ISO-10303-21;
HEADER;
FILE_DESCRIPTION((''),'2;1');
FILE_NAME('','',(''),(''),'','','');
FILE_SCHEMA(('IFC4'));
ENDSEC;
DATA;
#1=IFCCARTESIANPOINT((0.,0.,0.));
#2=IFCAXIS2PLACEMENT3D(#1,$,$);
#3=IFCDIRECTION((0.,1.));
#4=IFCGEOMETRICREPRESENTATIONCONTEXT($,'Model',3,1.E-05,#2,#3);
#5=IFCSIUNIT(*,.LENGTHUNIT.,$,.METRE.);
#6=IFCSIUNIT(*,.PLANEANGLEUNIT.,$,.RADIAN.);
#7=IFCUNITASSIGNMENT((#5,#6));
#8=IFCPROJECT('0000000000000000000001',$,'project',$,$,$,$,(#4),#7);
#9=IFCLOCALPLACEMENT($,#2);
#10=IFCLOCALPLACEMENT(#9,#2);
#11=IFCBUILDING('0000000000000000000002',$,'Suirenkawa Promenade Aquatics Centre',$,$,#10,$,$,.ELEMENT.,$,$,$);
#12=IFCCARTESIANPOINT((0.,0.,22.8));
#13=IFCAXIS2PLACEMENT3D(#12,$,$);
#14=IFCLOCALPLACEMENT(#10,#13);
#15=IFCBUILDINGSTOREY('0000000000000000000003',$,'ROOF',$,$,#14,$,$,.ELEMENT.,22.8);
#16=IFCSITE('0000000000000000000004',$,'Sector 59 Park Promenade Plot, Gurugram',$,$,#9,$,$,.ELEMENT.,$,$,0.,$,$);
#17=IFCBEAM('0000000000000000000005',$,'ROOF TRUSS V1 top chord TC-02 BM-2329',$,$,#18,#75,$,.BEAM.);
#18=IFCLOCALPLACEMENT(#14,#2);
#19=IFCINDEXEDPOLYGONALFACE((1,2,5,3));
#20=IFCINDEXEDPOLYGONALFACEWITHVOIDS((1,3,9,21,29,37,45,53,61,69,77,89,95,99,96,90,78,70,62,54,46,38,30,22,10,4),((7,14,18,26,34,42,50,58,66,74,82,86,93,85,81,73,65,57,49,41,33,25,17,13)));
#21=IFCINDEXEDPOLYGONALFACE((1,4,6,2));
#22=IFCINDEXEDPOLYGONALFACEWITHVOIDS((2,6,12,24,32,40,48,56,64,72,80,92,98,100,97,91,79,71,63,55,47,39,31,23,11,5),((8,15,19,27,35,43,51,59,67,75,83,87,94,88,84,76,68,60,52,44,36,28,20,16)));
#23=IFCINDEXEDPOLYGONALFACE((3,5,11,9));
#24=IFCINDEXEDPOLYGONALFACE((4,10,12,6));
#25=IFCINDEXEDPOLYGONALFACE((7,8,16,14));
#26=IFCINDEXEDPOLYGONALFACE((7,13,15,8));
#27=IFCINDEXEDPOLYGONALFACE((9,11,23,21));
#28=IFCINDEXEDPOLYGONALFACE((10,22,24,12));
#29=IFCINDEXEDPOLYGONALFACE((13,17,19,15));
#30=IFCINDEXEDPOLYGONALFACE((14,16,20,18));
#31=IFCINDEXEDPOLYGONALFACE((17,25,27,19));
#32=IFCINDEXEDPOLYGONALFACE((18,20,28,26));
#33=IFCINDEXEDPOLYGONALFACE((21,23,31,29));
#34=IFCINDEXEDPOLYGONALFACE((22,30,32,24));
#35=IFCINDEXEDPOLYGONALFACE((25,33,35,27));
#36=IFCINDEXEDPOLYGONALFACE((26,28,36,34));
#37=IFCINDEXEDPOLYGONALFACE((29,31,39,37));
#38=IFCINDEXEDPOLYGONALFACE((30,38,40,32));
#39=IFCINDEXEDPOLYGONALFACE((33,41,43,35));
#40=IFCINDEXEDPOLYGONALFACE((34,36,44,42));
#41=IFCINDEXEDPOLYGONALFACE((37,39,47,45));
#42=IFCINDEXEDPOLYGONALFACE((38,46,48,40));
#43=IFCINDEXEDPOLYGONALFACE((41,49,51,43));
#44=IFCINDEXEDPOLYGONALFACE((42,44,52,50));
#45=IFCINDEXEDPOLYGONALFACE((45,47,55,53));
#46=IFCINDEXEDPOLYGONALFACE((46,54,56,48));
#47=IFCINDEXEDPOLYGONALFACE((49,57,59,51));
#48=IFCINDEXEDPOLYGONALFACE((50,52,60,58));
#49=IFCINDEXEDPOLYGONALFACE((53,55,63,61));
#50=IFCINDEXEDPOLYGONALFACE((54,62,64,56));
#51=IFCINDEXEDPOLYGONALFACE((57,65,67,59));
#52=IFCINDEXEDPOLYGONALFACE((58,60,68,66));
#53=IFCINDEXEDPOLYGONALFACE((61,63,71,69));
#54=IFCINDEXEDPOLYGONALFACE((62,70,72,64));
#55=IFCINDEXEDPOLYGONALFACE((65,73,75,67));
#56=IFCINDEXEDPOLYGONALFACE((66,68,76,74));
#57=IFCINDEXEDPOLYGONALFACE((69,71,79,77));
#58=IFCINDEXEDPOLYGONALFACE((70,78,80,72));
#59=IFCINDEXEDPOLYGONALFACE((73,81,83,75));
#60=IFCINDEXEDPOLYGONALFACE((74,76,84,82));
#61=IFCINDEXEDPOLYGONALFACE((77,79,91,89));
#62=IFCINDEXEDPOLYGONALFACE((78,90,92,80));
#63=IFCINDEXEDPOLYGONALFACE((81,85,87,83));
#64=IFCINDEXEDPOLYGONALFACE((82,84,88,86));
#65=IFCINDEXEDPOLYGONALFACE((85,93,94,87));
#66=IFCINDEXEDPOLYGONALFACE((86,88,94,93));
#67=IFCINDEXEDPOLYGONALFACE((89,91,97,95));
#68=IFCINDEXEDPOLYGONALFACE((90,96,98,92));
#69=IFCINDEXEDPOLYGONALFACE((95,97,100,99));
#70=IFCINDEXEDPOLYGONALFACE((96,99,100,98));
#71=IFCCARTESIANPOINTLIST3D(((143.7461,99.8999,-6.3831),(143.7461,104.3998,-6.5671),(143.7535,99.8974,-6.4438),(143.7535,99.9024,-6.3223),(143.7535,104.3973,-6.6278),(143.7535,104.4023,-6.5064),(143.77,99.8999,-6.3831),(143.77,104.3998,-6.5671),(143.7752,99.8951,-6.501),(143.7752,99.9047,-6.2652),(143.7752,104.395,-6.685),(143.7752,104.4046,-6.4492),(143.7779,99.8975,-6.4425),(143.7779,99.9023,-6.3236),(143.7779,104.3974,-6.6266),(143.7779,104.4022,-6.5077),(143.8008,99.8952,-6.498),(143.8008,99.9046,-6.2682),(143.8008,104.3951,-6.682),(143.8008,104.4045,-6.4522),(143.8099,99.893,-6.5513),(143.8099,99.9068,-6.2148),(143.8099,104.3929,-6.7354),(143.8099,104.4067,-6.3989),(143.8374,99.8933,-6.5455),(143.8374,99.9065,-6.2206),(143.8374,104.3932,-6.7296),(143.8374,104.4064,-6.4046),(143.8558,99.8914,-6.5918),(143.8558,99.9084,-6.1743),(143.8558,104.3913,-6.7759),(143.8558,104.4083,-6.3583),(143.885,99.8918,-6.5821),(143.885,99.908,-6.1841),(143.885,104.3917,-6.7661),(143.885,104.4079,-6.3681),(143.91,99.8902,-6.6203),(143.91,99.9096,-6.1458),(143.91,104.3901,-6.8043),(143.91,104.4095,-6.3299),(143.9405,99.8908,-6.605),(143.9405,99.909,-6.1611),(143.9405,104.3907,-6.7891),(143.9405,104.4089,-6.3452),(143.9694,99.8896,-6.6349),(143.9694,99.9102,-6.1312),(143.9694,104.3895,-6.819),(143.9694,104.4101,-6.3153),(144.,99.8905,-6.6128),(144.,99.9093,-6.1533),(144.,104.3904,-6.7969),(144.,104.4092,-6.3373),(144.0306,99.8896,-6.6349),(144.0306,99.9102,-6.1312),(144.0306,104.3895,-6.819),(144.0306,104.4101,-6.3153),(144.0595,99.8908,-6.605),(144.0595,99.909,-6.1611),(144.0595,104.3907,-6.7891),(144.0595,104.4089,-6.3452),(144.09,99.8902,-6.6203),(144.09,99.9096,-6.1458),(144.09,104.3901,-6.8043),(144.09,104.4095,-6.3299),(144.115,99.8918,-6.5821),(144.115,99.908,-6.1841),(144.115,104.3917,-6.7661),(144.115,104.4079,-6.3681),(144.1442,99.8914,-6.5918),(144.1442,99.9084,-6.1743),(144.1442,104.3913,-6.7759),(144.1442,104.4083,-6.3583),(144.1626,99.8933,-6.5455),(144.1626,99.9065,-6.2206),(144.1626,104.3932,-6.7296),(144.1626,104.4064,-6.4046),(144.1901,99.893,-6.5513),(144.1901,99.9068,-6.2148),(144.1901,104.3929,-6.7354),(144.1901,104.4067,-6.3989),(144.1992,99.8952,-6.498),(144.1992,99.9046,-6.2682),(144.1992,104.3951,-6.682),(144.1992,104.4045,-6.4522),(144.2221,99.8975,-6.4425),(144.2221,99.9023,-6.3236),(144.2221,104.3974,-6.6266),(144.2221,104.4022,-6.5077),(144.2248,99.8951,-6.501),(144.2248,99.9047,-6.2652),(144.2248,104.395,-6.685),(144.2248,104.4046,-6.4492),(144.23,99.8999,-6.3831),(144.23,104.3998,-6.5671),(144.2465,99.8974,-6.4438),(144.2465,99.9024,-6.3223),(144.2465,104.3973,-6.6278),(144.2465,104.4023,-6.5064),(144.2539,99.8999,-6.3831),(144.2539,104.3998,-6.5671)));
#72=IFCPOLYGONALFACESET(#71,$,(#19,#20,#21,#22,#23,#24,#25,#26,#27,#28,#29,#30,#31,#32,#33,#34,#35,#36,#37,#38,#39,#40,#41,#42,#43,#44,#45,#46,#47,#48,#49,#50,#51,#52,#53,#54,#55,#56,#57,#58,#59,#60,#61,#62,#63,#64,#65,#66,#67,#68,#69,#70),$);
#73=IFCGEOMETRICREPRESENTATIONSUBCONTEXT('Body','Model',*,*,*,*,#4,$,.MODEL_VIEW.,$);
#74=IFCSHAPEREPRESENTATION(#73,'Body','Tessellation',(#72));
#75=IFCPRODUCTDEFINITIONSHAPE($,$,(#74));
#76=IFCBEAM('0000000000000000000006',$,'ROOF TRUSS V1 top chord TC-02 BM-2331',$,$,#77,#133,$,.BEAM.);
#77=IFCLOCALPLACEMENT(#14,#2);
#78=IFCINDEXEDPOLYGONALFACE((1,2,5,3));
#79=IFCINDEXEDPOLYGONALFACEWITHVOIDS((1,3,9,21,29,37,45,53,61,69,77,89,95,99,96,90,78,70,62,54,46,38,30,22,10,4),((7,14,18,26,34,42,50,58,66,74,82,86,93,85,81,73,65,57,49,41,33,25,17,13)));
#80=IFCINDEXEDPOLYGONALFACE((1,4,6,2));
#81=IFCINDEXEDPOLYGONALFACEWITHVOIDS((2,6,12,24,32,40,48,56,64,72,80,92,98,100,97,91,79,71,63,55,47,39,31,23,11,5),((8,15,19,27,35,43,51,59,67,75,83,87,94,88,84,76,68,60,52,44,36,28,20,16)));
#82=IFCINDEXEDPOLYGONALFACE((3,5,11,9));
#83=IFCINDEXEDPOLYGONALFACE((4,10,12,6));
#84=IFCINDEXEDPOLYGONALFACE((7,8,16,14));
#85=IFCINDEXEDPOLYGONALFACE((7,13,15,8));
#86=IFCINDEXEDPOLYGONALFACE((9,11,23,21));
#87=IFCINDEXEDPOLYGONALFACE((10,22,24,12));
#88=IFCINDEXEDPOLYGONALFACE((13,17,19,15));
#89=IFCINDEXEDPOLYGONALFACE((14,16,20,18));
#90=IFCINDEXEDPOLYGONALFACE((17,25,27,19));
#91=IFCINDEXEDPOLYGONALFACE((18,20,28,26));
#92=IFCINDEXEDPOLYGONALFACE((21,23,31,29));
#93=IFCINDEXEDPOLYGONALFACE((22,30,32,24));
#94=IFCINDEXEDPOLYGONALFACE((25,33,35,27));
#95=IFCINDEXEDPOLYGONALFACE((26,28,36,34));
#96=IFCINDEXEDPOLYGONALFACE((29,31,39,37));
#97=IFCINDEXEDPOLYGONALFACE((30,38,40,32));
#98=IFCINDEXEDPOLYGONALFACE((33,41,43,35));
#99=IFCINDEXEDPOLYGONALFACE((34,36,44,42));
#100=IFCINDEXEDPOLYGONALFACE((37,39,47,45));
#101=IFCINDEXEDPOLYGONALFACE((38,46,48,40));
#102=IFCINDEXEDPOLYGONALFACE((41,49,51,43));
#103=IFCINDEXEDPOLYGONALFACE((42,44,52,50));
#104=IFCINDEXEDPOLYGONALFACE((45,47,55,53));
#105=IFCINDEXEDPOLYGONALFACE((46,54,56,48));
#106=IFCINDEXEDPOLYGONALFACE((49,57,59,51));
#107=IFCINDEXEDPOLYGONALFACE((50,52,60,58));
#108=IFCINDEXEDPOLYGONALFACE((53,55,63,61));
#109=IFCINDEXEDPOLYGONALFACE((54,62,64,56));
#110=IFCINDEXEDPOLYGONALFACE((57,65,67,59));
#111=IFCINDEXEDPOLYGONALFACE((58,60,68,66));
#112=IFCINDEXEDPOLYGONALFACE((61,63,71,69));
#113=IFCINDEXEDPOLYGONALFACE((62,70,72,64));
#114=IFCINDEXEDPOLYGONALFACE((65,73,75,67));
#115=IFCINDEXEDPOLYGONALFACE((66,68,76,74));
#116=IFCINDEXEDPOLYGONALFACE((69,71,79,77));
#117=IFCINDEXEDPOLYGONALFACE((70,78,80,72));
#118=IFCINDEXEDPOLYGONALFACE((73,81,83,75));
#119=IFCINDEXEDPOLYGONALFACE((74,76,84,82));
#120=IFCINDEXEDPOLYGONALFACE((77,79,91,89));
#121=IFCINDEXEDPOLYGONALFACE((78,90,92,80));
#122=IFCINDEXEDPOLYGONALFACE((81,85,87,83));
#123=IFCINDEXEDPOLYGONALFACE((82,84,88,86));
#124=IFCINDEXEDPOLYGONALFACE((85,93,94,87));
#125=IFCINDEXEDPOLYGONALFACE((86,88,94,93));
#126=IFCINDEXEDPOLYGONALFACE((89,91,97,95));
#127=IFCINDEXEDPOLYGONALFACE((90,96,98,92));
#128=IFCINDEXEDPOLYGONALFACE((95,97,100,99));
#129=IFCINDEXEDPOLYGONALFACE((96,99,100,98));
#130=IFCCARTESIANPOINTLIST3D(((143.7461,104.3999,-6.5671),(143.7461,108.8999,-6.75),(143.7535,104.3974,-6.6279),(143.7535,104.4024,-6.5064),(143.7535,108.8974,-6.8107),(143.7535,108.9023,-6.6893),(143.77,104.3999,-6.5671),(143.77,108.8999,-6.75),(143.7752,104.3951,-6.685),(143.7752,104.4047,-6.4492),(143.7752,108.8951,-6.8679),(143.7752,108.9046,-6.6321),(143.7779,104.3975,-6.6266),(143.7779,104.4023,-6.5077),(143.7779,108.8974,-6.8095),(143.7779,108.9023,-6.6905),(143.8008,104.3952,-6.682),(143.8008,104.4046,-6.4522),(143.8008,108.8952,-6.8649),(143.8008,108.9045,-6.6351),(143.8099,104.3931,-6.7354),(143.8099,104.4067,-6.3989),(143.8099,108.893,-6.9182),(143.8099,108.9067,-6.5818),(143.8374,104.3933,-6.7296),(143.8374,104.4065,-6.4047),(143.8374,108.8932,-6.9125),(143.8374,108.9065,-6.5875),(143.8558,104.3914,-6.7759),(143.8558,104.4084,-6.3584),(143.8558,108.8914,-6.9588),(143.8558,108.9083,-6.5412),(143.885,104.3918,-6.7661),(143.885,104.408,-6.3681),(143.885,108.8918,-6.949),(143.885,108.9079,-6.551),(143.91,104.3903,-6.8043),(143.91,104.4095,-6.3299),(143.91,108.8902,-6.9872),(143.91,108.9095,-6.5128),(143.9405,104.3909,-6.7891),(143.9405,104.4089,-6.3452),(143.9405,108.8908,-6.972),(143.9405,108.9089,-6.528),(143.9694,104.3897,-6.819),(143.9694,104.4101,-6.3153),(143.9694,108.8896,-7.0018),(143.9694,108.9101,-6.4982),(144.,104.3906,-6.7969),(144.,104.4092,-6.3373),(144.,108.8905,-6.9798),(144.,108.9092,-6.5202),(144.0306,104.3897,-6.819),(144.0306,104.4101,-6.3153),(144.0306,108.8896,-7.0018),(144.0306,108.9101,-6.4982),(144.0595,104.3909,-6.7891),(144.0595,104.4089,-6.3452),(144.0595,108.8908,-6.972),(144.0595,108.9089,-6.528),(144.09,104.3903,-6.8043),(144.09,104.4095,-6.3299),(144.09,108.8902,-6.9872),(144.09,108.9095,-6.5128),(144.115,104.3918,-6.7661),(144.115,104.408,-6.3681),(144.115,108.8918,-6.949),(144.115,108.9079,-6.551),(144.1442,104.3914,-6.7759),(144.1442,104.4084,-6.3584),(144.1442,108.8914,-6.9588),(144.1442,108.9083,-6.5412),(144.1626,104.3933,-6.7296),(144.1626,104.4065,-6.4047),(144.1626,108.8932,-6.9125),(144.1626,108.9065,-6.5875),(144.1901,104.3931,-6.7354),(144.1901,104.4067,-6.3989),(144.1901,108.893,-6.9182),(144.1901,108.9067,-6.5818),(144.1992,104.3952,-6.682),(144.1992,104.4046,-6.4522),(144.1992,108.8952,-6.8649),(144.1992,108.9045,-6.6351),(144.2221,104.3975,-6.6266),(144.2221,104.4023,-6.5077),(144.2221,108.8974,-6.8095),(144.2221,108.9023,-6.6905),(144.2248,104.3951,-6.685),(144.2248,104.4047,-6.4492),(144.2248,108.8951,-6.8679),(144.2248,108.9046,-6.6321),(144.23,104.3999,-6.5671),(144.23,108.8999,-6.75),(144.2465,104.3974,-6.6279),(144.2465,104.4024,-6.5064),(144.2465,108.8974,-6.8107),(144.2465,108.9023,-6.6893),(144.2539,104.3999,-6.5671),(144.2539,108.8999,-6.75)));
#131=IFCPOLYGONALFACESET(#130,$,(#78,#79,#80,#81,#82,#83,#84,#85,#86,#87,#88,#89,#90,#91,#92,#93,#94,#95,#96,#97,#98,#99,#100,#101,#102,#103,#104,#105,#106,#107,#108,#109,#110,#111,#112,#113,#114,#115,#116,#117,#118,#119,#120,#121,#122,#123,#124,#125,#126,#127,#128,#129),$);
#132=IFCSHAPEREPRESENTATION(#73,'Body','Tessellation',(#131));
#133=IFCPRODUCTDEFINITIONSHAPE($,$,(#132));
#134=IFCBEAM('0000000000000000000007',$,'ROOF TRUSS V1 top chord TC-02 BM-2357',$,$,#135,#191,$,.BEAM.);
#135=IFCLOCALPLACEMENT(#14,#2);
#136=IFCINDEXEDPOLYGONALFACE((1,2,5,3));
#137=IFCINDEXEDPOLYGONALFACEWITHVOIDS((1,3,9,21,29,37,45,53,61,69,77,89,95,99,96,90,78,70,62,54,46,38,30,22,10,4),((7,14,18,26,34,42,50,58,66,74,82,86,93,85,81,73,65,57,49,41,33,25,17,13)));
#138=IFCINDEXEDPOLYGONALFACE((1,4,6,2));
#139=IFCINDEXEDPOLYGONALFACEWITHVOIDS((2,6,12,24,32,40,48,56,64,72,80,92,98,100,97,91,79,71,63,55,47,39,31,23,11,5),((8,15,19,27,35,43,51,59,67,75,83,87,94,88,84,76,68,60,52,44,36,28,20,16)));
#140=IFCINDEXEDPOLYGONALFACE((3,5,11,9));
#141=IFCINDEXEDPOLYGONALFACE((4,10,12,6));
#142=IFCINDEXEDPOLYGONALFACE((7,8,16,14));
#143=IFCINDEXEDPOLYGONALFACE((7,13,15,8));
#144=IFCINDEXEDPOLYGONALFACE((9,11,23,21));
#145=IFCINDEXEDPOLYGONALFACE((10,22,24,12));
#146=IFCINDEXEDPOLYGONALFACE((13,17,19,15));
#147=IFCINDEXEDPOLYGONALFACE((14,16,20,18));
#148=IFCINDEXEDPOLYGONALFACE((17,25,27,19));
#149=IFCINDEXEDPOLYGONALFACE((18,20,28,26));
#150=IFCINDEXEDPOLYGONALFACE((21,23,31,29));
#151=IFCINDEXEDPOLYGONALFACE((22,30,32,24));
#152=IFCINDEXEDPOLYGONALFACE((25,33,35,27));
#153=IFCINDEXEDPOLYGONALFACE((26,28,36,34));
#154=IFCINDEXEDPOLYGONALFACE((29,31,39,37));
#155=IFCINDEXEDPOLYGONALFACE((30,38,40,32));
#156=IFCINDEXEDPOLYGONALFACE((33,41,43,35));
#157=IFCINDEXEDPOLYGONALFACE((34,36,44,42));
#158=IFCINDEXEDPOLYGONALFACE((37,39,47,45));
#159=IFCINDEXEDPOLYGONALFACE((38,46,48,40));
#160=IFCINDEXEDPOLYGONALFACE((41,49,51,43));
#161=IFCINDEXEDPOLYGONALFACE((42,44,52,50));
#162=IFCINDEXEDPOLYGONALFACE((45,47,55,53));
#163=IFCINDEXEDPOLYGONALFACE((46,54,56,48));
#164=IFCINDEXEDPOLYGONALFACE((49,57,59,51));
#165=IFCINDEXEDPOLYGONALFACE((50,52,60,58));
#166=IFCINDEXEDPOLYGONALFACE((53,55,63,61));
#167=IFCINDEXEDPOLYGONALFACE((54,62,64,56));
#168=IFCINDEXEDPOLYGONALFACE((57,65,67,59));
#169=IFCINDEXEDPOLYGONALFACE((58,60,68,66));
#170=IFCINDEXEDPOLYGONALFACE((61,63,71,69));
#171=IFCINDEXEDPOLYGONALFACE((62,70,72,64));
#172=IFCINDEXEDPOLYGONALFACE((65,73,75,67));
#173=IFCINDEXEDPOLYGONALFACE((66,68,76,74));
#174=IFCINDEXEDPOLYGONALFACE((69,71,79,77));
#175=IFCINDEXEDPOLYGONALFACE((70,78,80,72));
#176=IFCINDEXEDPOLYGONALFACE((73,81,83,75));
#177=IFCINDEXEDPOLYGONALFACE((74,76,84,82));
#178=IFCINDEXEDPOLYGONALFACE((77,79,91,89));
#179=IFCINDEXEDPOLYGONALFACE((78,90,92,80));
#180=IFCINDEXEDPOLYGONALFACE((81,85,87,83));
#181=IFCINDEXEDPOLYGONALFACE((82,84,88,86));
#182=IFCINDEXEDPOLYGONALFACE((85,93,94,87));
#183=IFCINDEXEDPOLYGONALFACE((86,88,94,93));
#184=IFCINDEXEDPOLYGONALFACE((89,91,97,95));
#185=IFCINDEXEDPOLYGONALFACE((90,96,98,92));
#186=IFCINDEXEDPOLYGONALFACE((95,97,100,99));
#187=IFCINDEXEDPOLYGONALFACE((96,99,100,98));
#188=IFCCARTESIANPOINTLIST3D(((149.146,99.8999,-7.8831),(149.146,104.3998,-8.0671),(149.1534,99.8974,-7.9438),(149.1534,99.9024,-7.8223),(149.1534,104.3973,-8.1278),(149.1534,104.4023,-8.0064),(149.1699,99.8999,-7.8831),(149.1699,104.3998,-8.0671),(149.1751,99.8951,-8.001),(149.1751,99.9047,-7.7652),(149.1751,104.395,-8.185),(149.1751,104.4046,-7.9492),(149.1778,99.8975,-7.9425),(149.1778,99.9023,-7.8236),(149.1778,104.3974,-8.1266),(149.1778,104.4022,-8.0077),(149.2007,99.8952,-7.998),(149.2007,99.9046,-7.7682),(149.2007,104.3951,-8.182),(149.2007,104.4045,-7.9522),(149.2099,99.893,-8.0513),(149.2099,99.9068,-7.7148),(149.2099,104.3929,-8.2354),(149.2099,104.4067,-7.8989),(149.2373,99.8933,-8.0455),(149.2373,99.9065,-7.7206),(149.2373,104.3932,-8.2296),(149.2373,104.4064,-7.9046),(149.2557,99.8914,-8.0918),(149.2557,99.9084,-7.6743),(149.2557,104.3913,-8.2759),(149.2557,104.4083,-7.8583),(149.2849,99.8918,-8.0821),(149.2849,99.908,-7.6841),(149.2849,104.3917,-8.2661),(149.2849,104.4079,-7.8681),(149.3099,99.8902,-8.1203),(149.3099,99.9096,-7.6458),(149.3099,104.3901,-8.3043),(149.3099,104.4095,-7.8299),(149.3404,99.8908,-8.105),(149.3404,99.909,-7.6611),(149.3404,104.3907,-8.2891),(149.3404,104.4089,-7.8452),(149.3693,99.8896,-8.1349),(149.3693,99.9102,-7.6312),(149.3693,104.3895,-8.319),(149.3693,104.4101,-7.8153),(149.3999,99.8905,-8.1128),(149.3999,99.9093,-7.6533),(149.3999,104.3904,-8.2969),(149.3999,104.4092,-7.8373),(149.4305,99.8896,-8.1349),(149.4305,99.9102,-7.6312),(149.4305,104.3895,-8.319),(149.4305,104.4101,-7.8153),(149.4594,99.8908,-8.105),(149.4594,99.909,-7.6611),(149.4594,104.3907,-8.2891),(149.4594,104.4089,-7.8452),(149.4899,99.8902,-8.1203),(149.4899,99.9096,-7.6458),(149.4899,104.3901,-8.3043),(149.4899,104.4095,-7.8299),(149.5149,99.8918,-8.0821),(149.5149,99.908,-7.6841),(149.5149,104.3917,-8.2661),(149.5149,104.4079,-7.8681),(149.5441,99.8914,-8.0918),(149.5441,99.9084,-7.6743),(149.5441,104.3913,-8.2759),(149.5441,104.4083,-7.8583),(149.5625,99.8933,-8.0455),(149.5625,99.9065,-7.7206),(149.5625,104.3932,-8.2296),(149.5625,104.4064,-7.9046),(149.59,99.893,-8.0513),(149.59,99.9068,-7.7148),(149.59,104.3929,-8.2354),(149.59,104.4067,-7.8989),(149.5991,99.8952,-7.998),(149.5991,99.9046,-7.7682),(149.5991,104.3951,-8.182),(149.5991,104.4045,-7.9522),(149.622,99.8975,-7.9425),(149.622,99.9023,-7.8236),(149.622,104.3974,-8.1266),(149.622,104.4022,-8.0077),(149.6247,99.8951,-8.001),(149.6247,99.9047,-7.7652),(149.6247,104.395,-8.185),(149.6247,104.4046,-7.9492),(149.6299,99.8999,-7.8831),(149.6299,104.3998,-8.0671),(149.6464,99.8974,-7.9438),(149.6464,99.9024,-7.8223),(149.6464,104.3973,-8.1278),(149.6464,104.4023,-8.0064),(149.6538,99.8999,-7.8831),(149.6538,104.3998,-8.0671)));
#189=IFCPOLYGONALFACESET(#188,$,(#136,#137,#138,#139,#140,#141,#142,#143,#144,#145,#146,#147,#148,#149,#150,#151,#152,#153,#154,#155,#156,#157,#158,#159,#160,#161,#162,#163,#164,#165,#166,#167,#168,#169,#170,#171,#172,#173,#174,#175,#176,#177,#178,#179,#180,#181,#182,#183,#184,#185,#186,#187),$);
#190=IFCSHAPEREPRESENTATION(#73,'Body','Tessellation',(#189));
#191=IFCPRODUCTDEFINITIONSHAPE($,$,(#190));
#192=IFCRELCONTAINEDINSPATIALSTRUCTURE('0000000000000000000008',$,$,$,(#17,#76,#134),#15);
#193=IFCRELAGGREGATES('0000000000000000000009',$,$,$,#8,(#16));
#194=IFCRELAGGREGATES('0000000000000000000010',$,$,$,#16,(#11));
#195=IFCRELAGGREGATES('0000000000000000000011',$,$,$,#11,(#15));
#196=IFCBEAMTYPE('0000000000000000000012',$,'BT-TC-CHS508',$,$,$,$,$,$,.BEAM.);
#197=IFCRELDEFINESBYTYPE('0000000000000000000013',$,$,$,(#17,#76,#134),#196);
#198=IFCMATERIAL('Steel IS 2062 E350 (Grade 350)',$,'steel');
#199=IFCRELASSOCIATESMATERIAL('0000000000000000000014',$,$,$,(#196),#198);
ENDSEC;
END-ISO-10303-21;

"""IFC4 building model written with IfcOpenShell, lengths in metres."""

from ifc_helpers import new_model, si_unit, direction, frame, origin, origin_2d, place, context, subcontext, project, spatial, hollow_circle, extrude, material, material_profile, profile_set, type_object, element, save


model = new_model("IFC4")

# Units and contexts
model_context = context("Model", 3, precision=1e-05, world=origin(), true_north=direction((0.0, 1.0)))
body_context = subcontext(model_context, "Body", "Model", "MODEL_VIEW")
ifc_project = project(units=[si_unit("LENGTHUNIT", "METRE"), si_unit("PLANEANGLEUNIT", "RADIAN")], contexts=[model_context])

# Site, building, storey
site_placement = place(None, origin())
site = spatial("IfcSite", under=ifc_project, at=site_placement, Name="Sector 59 Park Promenade Plot, Gurugram", CompositionType="ELEMENT", RefElevation=0.0)
building_placement = place(site_placement, origin())
building = spatial("IfcBuilding", under=site, at=building_placement, Name="Suirenkawa Promenade Aquatics Centre", CompositionType="ELEMENT")
storey_placement = place(building_placement, frame((0.0, 0.0, 22.8)))
storey = spatial("IfcBuildingStorey", under=building, at=storey_placement, Name="ROOF", CompositionType="ELEMENT", Elevation=22.8)

# Beams
ifc_material_1 = material(Name="Steel IS 2062 E350 (Grade 350)", Category="steel")
ifc_material_profile_1 = material_profile(ifc_material_1, hollow_circle(Radius=0.2539, WallThickness=0.0239, at=origin_2d()), Name="CHS 508x24", Category="steel")
ifc_profile_set_1 = profile_set([ifc_material_profile_1], Name="Steel IS 2062 E350 (Grade 350)")
beam_type_1 = type_object("IfcBeamType", Name="BT-TC-CHS508", PredefinedType="BEAM", material=ifc_profile_set_1)
for number, where, z_axis, x_axis, name in (
    (1, (144.0, 99.8999, -6.3831), (0.0, 0.999164, -0.040873), (-1.0, 0.0, 0.0), "ROOF TRUSS V1 top chord TC-02 BM-2329"),
    (2, (144.0, 104.3999, -6.5671), (0.0, 0.999175, -0.040602), (-1.0, 0.0, 0.0), "ROOF TRUSS V1 top chord TC-02 BM-2331"),
    (3, (149.3999, 99.8999, -7.8831), (0.0, 0.999164, -0.040873), (-1.0, 0.0, 0.0), "ROOF TRUSS V1 top chord TC-02 BM-2357"),
):
    element("IfcBeam", number, at=place(storey_placement, frame(where, z_axis=z_axis, x_axis=x_axis)), inside=storey, type_object=beam_type_1, Name=name, PredefinedType="BEAM", context=body_context, shape_type="SweptSolid", body=[
        extrude(hollow_circle(Radius=0.2539, WallThickness=0.0239, at=origin_2d()), origin(), (0.0, 0.0, 1.0), 4.5037),
    ])

save(model, "model.ifc")
